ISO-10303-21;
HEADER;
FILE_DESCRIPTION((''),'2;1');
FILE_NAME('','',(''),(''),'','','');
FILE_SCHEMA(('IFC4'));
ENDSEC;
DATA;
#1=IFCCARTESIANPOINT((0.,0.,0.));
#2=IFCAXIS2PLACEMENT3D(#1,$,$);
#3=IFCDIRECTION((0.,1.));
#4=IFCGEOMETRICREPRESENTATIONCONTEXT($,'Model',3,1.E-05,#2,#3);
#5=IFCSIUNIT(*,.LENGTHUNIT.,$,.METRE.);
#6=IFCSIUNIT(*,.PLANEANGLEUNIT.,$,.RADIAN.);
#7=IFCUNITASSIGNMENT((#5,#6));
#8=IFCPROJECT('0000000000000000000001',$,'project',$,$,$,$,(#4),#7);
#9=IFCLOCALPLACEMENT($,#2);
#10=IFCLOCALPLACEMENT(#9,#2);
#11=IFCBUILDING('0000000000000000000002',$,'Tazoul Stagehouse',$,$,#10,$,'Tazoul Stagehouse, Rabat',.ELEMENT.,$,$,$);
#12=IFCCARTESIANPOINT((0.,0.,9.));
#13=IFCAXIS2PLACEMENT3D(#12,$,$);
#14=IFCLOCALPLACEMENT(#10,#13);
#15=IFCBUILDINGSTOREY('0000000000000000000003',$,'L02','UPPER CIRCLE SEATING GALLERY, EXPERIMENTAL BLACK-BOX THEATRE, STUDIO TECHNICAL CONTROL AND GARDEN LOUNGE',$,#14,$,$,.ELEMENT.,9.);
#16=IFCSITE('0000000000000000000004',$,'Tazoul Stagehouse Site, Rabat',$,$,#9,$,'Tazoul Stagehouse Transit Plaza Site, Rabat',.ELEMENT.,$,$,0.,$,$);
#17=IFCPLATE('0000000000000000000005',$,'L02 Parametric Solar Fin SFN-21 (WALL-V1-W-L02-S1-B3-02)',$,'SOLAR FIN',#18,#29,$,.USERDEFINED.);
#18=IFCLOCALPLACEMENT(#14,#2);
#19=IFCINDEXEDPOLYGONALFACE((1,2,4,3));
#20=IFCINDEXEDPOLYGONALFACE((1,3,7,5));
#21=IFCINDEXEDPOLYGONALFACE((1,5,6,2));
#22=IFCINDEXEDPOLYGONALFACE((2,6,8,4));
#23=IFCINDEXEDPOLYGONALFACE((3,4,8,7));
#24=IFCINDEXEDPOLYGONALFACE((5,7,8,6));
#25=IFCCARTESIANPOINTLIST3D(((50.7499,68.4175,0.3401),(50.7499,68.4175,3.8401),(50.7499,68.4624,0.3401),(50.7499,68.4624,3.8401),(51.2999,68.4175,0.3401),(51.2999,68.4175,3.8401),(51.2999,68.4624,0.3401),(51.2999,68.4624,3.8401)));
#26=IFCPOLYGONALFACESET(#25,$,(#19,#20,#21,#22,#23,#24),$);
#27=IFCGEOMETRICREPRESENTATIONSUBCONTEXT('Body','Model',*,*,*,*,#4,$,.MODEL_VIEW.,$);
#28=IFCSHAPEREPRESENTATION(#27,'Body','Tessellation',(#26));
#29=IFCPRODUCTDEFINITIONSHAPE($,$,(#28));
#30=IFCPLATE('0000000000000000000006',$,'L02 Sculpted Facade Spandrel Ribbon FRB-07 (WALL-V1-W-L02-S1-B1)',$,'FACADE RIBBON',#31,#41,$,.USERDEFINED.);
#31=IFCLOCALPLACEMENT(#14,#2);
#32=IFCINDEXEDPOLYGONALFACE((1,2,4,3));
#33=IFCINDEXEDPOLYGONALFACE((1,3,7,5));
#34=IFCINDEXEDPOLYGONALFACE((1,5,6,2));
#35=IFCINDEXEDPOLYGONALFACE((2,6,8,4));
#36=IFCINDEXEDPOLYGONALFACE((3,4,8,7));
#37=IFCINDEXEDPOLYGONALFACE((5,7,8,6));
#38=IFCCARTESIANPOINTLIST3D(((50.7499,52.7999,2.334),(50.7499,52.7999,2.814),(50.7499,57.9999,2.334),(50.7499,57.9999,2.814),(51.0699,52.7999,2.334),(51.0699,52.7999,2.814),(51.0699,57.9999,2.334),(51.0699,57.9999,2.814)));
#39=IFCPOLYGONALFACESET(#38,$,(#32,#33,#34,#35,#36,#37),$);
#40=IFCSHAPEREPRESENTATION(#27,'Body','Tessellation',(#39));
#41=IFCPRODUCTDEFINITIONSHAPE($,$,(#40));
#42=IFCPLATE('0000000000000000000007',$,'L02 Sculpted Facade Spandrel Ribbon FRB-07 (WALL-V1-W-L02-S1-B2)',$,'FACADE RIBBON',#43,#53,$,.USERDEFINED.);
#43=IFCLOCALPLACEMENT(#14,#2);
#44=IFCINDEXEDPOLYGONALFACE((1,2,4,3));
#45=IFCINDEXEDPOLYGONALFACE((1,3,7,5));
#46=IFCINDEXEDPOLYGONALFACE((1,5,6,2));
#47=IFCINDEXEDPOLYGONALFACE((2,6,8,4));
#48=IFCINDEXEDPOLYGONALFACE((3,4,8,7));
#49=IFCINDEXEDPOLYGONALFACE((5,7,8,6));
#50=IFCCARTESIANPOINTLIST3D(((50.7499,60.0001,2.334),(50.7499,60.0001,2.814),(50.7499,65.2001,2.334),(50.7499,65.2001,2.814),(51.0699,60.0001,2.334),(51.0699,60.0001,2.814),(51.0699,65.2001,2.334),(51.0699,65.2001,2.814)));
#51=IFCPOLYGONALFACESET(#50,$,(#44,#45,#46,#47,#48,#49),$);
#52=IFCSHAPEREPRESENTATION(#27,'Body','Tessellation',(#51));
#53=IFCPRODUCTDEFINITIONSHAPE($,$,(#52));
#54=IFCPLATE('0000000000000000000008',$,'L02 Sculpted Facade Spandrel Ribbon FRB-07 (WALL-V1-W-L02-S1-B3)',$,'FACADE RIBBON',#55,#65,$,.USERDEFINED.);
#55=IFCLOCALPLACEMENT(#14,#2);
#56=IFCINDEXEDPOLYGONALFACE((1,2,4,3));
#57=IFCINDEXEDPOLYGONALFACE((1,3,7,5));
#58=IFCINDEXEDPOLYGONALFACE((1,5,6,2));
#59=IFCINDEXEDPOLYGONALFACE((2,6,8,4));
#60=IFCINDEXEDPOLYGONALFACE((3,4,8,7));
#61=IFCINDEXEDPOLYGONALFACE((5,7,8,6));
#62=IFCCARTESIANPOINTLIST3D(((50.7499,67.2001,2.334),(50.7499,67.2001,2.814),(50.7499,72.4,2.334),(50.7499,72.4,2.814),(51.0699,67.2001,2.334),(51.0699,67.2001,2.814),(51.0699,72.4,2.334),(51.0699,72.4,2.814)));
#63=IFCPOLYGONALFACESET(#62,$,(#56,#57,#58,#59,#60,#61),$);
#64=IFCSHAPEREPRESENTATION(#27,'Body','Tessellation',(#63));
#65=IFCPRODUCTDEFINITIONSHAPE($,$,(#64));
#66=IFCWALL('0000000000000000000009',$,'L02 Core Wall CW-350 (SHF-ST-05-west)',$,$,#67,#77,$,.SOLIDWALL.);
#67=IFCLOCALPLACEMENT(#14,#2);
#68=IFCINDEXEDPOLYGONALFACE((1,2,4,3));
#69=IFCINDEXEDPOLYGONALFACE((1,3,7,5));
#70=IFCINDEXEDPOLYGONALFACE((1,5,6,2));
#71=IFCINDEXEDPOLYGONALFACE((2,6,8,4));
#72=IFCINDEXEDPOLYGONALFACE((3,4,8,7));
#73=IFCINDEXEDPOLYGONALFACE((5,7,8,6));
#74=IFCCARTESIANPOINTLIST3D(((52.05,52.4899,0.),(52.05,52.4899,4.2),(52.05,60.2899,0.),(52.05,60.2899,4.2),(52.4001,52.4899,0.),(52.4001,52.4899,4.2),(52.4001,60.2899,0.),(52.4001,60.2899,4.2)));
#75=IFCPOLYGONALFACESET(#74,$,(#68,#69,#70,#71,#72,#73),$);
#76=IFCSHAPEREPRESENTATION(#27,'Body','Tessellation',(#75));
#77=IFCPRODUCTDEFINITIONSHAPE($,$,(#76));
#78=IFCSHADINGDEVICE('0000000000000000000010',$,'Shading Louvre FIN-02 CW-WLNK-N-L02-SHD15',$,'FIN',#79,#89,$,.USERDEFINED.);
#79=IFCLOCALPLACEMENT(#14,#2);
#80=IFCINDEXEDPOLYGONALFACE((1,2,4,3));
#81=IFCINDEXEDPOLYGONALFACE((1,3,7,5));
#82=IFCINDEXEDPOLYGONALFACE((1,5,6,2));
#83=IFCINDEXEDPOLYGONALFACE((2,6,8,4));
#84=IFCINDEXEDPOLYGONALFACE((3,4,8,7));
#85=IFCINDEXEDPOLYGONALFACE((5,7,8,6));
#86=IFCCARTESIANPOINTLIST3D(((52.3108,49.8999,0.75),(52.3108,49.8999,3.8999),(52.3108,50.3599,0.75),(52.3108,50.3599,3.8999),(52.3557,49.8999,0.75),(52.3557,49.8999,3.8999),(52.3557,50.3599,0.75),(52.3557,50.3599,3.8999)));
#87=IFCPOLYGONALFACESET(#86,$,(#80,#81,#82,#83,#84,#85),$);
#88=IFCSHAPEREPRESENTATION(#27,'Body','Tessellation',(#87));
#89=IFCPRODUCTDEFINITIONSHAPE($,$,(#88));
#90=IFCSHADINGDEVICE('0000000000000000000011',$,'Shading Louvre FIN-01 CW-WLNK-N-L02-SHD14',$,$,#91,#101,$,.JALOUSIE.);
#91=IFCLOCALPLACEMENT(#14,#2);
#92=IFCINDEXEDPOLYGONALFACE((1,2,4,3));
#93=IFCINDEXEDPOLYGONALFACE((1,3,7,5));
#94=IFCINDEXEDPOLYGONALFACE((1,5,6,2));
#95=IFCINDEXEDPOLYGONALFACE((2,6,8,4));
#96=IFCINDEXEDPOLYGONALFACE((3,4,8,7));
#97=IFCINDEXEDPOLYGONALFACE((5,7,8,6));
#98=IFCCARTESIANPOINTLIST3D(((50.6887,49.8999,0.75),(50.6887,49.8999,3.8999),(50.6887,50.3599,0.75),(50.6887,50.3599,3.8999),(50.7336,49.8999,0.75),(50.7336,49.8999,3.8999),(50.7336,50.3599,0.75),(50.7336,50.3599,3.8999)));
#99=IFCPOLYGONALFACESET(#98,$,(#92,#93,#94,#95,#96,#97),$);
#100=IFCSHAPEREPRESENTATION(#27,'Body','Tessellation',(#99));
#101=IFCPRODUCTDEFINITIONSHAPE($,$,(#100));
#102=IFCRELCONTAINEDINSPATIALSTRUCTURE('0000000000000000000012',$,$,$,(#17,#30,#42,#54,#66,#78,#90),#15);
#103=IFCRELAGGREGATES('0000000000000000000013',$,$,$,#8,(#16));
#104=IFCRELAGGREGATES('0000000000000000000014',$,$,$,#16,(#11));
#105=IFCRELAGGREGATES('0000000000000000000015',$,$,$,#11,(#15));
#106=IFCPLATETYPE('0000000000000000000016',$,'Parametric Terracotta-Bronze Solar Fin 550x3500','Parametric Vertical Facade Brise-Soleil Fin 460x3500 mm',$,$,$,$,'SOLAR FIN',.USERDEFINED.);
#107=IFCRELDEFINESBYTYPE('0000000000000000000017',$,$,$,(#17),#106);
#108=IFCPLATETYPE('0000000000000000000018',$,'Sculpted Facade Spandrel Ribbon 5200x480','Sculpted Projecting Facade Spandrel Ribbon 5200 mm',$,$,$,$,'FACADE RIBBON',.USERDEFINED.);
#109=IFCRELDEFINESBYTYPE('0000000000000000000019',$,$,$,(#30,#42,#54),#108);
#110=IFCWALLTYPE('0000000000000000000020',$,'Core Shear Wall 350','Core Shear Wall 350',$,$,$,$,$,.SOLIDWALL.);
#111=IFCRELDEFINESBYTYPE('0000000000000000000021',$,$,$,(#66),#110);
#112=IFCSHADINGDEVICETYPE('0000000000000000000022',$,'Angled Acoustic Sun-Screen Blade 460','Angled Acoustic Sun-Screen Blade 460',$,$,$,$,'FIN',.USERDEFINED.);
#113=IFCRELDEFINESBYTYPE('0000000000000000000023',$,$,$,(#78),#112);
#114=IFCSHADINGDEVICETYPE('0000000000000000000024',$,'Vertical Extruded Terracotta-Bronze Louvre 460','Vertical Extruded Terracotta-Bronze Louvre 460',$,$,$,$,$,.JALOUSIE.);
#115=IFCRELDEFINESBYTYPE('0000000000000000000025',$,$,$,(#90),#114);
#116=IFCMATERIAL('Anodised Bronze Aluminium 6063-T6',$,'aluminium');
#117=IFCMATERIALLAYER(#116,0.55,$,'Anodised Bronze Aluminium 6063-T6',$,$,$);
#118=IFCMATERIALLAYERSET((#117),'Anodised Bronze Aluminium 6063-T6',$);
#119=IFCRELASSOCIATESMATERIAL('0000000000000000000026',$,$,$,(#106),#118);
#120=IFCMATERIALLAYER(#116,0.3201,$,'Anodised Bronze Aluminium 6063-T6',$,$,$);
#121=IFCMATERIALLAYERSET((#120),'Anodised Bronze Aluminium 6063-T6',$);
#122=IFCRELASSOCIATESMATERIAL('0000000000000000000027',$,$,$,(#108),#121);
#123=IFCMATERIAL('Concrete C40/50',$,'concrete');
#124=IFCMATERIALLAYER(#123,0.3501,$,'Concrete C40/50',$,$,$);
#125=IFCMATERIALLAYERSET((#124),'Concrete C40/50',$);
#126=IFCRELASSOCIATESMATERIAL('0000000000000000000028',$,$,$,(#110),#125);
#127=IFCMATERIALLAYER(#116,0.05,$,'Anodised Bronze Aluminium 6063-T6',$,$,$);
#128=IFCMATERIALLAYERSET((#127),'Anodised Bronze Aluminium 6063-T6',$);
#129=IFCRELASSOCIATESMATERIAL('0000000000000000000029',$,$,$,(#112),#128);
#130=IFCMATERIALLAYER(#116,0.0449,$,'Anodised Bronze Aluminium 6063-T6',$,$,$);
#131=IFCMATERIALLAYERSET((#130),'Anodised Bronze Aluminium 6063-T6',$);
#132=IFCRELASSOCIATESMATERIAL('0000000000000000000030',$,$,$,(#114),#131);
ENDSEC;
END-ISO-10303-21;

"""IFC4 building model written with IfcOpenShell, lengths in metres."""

from ifc_helpers import new_model, si_unit, direction, frame, frame_2d, origin, origin_2d, place, context, subcontext, project, spatial, rectangle, extrude, material, layer, layer_set, type_object, element, save


model = new_model("IFC4")

# Units and contexts
model_context = context("Model", 3, precision=1e-05, world=origin(), true_north=direction((0.0, 1.0)))
body_context = subcontext(model_context, "Body", "Model", "MODEL_VIEW")
ifc_project = project(units=[si_unit("LENGTHUNIT", "METRE"), si_unit("PLANEANGLEUNIT", "RADIAN")], contexts=[model_context])

# Site, building, storey
site_placement = place(None, origin())
site = spatial("IfcSite", under=ifc_project, at=site_placement, Name="Tazoul Stagehouse Site, Rabat", LongName="Tazoul Stagehouse Transit Plaza Site, Rabat", CompositionType="ELEMENT", RefElevation=0.0)
building_placement = place(site_placement, origin())
building = spatial("IfcBuilding", under=site, at=building_placement, Name="Tazoul Stagehouse", LongName="Tazoul Stagehouse, Rabat", CompositionType="ELEMENT")
storey_placement = place(building_placement, frame((0.0, 0.0, 9.0)))
storey = spatial("IfcBuildingStorey", under=building, at=storey_placement, Name="L02", Description="UPPER CIRCLE SEATING GALLERY, EXPERIMENTAL BLACK-BOX THEATRE, STUDIO TECHNICAL CONTROL AND GARDEN LOUNGE", CompositionType="ELEMENT", Elevation=9.0)

# Shared definitions
ifc_material_1 = material(Name="Concrete C40/50", Category="concrete")

# Plates
ifc_material_2 = material(Name="Anodised Bronze Aluminium 6063-T6", Category="aluminium")
ifc_layer_1 = layer(ifc_material_2, 0.55, Name="Anodised Bronze Aluminium 6063-T6")
ifc_layer_set_1 = layer_set([ifc_layer_1], Name="Anodised Bronze Aluminium 6063-T6")
plate_type_1 = type_object("IfcPlateType", Name="Parametric Terracotta-Bronze Solar Fin 550x3500", Description="Parametric Vertical Facade Brise-Soleil Fin 460x3500 mm", ElementType="SOLAR FIN", PredefinedType="USERDEFINED", material=ifc_layer_set_1)
for number, where, z_axis, x_axis, name in (
    (1, (51.0249, 68.4399, 0.3401), (0.0, 0.0, 1.0), (0.0, 1.0, 0.0), "L02 Parametric Solar Fin SFN-21 (WALL-V1-W-L02-S1-B3-02)"),
):
    element("IfcPlate", number, at=place(storey_placement, frame(where, z_axis=z_axis, x_axis=x_axis)), inside=storey, type_object=plate_type_1, Name=name, ObjectType="SOLAR FIN", PredefinedType="USERDEFINED", context=body_context, shape_type="SweptSolid", body=[
        extrude(rectangle(XDim=0.0449, YDim=0.55, at=origin_2d()), origin(), (0.0, 0.0, 1.0), 3.5),
    ])
ifc_layer_2 = layer(ifc_material_2, 0.3201, Name="Anodised Bronze Aluminium 6063-T6")
ifc_layer_set_2 = layer_set([ifc_layer_2], Name="Anodised Bronze Aluminium 6063-T6")
plate_type_2 = type_object("IfcPlateType", Name="Sculpted Facade Spandrel Ribbon 5200x480", Description="Sculpted Projecting Facade Spandrel Ribbon 5200 mm", ElementType="FACADE RIBBON", PredefinedType="USERDEFINED", material=ifc_layer_set_2)
for number, where, z_axis, x_axis, name in (
    (2, (50.9099, 55.3999, 2.334), (0.0, 0.0, 1.0), (0.0, 1.0, 0.0), "L02 Sculpted Facade Spandrel Ribbon FRB-07 (WALL-V1-W-L02-S1-B1)"),
    (3, (50.9099, 62.6001, 2.334), (0.0, 0.0, 1.0), (0.0, 1.0, 0.0), "L02 Sculpted Facade Spandrel Ribbon FRB-07 (WALL-V1-W-L02-S1-B2)"),
    (4, (50.9099, 69.8, 2.334), (0.0, 0.0, 1.0), (0.0, 1.0, 0.0), "L02 Sculpted Facade Spandrel Ribbon FRB-07 (WALL-V1-W-L02-S1-B3)"),
):
    element("IfcPlate", number, at=place(storey_placement, frame(where, z_axis=z_axis, x_axis=x_axis)), inside=storey, type_object=plate_type_2, Name=name, ObjectType="FACADE RIBBON", PredefinedType="USERDEFINED", context=body_context, shape_type="SweptSolid", body=[
        extrude(rectangle(XDim=5.2, YDim=0.3201, at=origin_2d()), origin(), (0.0, 0.0, 1.0), 0.48),
    ])

# Wall
ifc_layer_3 = layer(ifc_material_1, 0.3501, Name="Concrete C40/50")
ifc_layer_set_3 = layer_set([ifc_layer_3], Name="Concrete C40/50")
wall_type = type_object("IfcWallType", Name="Core Shear Wall 350", Description="Core Shear Wall 350", PredefinedType="SOLIDWALL", material=ifc_layer_set_3)
wall_1_placement = place(storey_placement, frame((52.2251, 52.49, 0.0), z_axis=(0.0, 0.0, 1.0), x_axis=(0.0, 1.0, 0.0)))
element("IfcWall", 5, at=wall_1_placement, inside=storey, type_object=wall_type, Name="L02 Core Wall CW-350 (SHF-ST-05-west)", PredefinedType="SOLIDWALL", context=body_context, shape_type="SweptSolid", body=[
    extrude(rectangle(XDim=7.8, YDim=0.3501, at=frame_2d((3.8999, 0.0))), origin(), (0.0, 0.0, 1.0), 4.2),
])

# Shading devices
ifc_layer_4 = layer(ifc_material_2, 0.05, Name="Anodised Bronze Aluminium 6063-T6")
ifc_layer_set_4 = layer_set([ifc_layer_4], Name="Anodised Bronze Aluminium 6063-T6")
shading_device_type_1 = type_object("IfcShadingDeviceType", Name="Angled Acoustic Sun-Screen Blade 460", Description="Angled Acoustic Sun-Screen Blade 460", ElementType="FIN", PredefinedType="USERDEFINED", material=ifc_layer_set_4)
shading_device_1_placement = place(storey_placement, frame((52.3333, 50.1299, 0.75), z_axis=(0.0, 0.0, 1.0), x_axis=(1.0, 0.0, 0.0)))
element("IfcShadingDevice", 6, at=shading_device_1_placement, inside=storey, type_object=shading_device_type_1, Name="Shading Louvre FIN-02 CW-WLNK-N-L02-SHD15", ObjectType="FIN", PredefinedType="USERDEFINED", context=body_context, shape_type="SweptSolid", body=[
    extrude(rectangle(XDim=0.0449, YDim=0.46, at=origin_2d()), origin(), (0.0, 0.0, 1.0), 3.1499),
])
ifc_layer_5 = layer(ifc_material_2, 0.0449, Name="Anodised Bronze Aluminium 6063-T6")
ifc_layer_set_5 = layer_set([ifc_layer_5], Name="Anodised Bronze Aluminium 6063-T6")
shading_device_type_2 = type_object("IfcShadingDeviceType", Name="Vertical Extruded Terracotta-Bronze Louvre 460", Description="Vertical Extruded Terracotta-Bronze Louvre 460", PredefinedType="JALOUSIE", material=ifc_layer_set_5)
shading_device_2_placement = place(storey_placement, frame((50.7112, 50.1299, 0.75), z_axis=(0.0, 0.0, 1.0), x_axis=(1.0, 0.0, 0.0)))
element("IfcShadingDevice", 7, at=shading_device_2_placement, inside=storey, type_object=shading_device_type_2, Name="Shading Louvre FIN-01 CW-WLNK-N-L02-SHD14", PredefinedType="JALOUSIE", context=body_context, shape_type="SweptSolid", body=[
    extrude(rectangle(XDim=0.0449, YDim=0.46, at=origin_2d()), origin(), (0.0, 0.0, 1.0), 3.1499),
])

save(model, "model.ifc")
